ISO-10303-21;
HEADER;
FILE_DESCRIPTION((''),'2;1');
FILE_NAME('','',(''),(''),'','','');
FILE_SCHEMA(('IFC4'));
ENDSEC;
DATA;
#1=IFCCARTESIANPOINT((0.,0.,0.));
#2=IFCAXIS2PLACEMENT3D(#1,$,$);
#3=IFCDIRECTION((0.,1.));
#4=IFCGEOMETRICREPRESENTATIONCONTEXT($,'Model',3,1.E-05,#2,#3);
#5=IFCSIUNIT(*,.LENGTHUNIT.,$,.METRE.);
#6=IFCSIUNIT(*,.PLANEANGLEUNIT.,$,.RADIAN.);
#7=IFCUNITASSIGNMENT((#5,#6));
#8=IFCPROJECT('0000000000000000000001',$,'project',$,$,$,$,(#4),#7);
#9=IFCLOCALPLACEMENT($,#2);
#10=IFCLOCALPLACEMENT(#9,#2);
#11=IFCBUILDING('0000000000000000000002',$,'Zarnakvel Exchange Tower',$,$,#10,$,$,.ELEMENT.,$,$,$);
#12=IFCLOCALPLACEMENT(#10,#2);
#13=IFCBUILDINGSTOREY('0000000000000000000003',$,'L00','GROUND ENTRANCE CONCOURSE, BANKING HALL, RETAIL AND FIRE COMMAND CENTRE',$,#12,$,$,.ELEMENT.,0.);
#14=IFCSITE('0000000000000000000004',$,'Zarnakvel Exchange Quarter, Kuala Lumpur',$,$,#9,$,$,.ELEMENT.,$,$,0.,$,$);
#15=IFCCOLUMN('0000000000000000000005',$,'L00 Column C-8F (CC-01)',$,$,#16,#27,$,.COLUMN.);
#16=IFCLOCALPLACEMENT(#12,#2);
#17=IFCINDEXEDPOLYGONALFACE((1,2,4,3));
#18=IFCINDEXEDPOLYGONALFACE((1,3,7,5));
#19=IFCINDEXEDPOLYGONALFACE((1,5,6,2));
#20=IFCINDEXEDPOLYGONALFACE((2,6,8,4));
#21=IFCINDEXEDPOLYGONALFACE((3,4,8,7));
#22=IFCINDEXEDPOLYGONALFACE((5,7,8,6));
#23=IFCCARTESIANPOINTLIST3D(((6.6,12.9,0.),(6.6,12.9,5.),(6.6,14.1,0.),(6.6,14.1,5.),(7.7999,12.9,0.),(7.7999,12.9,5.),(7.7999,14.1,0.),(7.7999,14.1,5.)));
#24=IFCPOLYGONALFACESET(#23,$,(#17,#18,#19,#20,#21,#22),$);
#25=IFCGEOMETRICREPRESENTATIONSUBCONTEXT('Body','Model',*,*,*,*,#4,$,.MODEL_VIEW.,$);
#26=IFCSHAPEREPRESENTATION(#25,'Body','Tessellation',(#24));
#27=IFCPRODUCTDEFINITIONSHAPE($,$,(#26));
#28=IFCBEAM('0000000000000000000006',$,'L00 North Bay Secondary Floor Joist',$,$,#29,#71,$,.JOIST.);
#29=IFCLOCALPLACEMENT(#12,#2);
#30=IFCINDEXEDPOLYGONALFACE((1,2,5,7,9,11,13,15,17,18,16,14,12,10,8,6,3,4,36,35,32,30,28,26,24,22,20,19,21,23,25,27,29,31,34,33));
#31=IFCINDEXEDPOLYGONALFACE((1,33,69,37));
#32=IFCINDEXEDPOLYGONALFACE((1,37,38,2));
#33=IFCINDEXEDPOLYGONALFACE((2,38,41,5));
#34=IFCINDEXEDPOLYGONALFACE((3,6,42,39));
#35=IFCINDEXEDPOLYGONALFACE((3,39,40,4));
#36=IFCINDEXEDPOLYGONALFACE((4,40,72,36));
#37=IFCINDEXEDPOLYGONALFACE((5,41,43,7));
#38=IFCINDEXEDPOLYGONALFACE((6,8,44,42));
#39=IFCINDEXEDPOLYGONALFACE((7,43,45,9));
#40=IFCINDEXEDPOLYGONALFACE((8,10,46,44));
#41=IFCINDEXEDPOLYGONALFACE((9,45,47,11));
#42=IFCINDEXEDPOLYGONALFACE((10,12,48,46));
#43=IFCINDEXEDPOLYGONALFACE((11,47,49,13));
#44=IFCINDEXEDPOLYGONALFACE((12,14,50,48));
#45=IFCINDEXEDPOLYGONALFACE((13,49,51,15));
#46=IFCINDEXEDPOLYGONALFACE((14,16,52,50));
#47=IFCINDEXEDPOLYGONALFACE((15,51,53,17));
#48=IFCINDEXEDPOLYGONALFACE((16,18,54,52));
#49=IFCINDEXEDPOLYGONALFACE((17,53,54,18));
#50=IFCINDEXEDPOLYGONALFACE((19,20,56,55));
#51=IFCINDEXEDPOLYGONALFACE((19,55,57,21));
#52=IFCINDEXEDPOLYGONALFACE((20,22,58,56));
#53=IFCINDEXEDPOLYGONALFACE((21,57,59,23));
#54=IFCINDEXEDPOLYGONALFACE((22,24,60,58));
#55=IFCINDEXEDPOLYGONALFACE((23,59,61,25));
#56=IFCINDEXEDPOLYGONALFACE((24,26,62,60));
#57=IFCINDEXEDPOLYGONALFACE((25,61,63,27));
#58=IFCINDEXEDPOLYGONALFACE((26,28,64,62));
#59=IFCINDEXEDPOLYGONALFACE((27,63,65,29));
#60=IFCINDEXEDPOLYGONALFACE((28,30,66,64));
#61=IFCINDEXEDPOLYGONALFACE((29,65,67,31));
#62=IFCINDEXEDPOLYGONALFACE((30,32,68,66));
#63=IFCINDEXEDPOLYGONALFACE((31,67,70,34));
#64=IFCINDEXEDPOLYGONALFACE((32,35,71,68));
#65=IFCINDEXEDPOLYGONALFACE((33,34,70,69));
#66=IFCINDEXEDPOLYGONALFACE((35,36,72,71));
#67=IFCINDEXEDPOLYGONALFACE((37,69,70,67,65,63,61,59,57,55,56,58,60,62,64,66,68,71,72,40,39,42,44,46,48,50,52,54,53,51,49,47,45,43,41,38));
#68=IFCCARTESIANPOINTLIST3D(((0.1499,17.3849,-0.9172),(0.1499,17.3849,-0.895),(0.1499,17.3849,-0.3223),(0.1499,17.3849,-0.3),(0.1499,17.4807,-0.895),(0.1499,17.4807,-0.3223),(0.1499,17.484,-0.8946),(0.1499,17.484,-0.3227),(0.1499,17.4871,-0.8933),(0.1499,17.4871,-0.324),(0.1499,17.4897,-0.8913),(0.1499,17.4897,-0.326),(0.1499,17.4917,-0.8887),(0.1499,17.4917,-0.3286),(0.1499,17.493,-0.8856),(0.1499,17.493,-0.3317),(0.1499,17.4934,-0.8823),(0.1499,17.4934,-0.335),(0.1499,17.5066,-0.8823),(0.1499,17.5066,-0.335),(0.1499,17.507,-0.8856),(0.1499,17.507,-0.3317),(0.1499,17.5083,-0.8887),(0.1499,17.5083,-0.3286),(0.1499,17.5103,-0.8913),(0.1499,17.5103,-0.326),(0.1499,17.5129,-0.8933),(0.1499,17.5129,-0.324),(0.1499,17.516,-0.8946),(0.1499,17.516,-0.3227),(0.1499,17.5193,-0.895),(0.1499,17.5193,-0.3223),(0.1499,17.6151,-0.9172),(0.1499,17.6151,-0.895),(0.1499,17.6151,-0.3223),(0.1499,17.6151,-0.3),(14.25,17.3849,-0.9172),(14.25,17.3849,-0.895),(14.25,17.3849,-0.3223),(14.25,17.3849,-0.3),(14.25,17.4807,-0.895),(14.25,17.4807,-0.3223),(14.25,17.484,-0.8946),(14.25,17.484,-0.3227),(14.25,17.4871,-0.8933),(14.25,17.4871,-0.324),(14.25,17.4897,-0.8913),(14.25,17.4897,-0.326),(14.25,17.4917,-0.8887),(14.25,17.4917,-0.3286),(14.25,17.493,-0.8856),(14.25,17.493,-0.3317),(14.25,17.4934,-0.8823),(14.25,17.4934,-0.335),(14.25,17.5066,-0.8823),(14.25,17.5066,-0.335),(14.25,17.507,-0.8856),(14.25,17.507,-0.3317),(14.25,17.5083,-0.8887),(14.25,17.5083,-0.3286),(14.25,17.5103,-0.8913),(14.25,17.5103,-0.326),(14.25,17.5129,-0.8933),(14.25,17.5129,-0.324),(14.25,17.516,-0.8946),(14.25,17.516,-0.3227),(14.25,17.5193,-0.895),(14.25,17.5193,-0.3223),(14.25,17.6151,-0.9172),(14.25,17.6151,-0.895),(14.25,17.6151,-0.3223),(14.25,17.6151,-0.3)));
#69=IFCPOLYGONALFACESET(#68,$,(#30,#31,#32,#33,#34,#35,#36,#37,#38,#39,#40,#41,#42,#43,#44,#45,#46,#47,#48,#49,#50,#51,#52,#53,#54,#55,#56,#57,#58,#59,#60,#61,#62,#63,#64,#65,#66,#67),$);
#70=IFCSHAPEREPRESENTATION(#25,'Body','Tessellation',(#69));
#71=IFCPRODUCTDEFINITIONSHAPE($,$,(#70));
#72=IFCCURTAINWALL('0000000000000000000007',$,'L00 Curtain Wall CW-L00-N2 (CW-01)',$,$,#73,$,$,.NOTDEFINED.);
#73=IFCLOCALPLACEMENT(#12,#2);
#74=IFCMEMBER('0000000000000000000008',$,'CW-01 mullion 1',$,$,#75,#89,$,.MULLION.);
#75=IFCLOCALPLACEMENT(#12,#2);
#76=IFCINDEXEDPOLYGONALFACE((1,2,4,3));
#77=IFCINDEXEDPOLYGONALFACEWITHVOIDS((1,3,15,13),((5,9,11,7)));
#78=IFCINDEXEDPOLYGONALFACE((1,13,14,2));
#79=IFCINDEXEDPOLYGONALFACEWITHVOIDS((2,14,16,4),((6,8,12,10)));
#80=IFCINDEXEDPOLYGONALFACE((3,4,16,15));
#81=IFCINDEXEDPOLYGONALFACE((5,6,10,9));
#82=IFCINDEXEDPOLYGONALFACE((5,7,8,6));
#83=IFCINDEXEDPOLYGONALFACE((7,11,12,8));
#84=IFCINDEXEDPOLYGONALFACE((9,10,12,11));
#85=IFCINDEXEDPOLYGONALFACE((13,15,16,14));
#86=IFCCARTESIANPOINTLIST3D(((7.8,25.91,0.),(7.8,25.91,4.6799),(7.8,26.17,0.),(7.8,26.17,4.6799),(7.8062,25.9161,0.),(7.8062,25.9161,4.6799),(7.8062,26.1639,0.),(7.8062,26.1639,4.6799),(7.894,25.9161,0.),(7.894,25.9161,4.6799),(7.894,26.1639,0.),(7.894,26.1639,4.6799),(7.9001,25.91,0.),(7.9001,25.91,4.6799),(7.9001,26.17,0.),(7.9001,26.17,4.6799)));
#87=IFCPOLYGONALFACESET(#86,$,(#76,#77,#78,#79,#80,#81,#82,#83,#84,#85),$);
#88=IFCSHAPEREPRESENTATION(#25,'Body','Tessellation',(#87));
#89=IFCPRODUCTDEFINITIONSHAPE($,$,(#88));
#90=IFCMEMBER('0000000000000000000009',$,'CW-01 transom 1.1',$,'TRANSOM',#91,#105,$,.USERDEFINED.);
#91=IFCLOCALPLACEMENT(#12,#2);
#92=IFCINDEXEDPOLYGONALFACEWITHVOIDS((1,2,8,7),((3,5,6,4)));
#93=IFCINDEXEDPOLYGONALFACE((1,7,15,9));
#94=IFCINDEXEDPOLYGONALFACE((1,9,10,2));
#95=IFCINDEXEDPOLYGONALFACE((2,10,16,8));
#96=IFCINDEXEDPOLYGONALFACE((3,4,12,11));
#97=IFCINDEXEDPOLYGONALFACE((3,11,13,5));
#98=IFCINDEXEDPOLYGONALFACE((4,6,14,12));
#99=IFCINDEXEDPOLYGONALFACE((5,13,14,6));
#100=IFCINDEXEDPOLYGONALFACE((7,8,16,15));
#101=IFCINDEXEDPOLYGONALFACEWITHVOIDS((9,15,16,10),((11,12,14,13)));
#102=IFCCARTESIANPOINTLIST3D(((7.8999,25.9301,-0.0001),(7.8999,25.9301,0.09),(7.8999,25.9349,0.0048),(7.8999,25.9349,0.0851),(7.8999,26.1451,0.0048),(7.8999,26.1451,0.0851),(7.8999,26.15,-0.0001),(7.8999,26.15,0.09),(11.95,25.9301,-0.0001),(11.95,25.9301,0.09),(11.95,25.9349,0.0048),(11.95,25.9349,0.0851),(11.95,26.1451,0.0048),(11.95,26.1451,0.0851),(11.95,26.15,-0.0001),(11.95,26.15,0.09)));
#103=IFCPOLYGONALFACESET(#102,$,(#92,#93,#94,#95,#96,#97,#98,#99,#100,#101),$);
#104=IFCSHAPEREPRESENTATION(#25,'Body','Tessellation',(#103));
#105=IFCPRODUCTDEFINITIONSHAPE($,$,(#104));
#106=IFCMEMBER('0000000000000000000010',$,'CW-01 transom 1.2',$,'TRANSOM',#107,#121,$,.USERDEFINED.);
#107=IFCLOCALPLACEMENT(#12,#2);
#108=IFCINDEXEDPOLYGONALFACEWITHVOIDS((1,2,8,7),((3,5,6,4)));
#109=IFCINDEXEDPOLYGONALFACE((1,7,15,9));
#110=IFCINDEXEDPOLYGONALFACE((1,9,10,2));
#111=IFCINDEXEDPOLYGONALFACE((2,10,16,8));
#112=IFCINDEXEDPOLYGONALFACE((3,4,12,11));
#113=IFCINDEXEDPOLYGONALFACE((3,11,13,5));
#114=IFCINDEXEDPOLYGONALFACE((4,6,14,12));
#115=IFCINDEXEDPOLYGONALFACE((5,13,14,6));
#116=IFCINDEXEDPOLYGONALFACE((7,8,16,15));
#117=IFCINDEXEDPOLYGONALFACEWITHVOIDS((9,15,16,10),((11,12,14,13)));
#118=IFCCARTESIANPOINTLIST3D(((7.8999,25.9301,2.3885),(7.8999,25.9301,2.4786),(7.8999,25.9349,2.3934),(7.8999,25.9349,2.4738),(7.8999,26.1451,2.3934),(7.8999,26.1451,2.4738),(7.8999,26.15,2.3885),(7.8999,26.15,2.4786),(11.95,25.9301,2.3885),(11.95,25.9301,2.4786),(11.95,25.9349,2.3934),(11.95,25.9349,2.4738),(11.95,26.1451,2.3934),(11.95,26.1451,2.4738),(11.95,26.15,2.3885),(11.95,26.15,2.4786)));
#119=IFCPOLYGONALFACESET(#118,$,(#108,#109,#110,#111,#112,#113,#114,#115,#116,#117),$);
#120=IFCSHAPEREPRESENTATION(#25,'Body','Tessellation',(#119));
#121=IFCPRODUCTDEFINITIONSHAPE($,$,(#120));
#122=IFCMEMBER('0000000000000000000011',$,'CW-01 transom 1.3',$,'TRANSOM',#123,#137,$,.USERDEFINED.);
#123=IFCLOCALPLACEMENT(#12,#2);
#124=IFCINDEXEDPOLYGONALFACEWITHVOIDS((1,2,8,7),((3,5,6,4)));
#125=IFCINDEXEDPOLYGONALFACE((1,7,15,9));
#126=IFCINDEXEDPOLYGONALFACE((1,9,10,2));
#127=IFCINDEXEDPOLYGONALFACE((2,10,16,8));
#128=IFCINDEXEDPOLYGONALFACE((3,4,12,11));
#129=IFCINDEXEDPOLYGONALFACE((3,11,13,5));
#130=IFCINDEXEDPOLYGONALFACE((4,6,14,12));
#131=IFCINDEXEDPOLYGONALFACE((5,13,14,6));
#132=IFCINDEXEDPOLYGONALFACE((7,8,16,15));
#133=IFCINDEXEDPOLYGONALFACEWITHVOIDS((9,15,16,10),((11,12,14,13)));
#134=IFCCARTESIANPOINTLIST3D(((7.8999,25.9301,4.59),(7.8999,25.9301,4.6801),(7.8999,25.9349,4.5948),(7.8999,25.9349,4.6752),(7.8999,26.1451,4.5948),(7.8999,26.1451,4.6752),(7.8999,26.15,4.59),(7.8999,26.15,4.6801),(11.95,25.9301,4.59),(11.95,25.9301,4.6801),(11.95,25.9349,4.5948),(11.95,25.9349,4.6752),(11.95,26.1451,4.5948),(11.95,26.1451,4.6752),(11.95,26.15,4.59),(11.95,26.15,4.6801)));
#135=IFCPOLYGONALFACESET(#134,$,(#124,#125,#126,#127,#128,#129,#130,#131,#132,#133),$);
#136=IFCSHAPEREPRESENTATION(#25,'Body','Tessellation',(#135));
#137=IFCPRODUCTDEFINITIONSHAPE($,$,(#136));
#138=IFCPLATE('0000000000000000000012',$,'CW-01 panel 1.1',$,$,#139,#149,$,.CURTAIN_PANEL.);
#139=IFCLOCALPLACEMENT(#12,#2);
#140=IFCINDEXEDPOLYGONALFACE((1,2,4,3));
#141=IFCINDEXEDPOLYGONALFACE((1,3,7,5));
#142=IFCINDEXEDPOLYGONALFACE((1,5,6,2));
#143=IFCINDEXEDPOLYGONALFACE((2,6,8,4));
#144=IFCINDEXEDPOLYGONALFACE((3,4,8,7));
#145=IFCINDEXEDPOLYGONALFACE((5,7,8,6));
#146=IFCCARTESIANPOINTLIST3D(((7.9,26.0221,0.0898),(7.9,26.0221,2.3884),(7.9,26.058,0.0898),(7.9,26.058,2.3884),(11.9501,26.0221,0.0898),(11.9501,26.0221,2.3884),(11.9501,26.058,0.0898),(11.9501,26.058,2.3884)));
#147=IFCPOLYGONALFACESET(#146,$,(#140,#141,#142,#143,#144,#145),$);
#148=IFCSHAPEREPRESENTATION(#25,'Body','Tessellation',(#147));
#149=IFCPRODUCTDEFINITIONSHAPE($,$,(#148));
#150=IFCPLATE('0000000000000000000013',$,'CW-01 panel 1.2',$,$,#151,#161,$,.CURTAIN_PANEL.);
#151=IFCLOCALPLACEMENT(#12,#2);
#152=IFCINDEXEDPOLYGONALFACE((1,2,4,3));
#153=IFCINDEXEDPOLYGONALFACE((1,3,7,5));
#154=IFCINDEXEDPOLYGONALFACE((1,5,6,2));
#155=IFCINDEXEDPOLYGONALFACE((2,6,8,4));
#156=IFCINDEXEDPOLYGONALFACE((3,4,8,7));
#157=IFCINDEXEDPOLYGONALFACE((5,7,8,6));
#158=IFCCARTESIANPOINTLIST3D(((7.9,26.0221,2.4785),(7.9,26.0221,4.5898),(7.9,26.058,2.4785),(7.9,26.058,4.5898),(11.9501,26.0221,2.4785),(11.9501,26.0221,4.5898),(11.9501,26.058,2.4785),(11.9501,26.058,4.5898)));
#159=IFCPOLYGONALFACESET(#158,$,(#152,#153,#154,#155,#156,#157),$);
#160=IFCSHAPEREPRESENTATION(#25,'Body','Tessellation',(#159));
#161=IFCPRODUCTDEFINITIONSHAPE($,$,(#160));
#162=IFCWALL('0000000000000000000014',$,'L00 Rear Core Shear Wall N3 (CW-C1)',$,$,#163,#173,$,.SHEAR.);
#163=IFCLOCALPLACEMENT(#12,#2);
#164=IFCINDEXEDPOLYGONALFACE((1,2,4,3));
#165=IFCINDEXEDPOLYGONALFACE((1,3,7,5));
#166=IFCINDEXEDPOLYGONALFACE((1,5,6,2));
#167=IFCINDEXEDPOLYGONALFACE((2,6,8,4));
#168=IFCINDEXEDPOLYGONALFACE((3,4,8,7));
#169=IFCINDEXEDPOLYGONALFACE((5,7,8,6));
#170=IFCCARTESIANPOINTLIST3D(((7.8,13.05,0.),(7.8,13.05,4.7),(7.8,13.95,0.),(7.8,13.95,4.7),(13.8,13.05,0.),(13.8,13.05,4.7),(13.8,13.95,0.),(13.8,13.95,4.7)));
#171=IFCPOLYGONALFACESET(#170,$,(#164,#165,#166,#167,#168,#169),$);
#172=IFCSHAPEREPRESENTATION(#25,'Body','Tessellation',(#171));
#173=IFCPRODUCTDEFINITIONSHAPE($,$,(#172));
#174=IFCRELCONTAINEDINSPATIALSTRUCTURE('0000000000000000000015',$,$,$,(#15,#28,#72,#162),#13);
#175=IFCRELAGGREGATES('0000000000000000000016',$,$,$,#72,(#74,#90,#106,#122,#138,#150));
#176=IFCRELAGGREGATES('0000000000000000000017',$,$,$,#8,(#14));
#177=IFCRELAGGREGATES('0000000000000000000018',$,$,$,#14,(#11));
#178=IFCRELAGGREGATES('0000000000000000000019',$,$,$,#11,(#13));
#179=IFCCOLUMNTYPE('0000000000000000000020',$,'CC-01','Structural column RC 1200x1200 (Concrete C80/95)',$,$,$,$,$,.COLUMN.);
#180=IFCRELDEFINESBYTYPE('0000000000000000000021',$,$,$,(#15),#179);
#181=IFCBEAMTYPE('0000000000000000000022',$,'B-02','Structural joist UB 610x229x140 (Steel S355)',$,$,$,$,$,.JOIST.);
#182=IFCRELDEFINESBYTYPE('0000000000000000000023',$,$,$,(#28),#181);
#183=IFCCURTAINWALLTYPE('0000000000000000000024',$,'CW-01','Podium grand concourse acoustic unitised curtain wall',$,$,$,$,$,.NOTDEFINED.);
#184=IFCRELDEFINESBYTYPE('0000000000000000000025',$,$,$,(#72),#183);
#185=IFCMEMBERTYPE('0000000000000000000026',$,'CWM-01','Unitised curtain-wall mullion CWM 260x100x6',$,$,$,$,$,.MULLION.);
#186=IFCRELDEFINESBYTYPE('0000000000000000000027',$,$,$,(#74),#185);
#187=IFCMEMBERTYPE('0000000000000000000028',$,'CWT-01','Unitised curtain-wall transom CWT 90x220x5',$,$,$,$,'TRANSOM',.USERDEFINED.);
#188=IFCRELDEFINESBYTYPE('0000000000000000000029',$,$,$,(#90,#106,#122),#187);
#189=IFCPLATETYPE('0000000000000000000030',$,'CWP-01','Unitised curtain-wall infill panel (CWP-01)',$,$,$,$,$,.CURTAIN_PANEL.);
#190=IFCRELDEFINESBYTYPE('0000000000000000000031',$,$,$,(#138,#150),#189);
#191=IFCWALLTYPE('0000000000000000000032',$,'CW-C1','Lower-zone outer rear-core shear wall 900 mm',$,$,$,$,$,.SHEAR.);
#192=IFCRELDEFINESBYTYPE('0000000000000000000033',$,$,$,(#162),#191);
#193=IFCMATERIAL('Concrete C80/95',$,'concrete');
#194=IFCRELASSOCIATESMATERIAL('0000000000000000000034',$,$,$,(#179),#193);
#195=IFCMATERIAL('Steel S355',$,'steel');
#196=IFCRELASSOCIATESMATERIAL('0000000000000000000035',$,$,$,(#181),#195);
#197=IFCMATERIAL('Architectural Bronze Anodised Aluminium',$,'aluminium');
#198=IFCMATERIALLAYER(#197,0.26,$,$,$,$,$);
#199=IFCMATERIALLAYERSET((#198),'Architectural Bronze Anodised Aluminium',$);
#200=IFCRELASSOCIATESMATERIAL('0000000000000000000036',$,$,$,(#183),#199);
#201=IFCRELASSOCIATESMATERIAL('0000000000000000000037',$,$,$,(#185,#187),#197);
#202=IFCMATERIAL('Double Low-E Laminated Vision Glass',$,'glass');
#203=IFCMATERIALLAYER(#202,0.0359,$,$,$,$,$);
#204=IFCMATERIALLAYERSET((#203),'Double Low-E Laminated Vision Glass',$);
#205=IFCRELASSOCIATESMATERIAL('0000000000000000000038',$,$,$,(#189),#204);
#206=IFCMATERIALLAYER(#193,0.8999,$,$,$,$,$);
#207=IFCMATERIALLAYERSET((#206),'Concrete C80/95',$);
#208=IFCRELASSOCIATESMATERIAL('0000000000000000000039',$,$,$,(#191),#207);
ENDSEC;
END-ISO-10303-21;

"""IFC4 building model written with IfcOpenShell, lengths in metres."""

from ifc_helpers import new_model, si_unit, direction, frame, frame_2d, origin, origin_2d, place, context, subcontext, project, spatial, rectangle, hollow_rectangle, i_section, extrude, source, transform, mapped, material, layer, layer_set, material_profile, profile_set, type_object, element, aggregate, save


model = new_model("IFC4")

# Units and contexts
model_context = context("Model", 3, precision=1e-05, world=origin(), true_north=direction((0.0, 1.0)))
body_context = subcontext(model_context, "Body", "Model", "MODEL_VIEW")
ifc_project = project(units=[si_unit("LENGTHUNIT", "METRE"), si_unit("PLANEANGLEUNIT", "RADIAN")], contexts=[model_context])

# Site, building, storey
site_placement = place(None, origin())
site = spatial("IfcSite", under=ifc_project, at=site_placement, Name="Zarnakvel Exchange Quarter, Kuala Lumpur", CompositionType="ELEMENT", RefElevation=0.0)
building_placement = place(site_placement, origin())
building = spatial("IfcBuilding", under=site, at=building_placement, Name="Zarnakvel Exchange Tower", CompositionType="ELEMENT")
storey_placement = place(building_placement, origin())
storey = spatial("IfcBuildingStorey", under=building, at=storey_placement, Name="L00", Description="GROUND ENTRANCE CONCOURSE, BANKING HALL, RETAIL AND FIRE COMMAND CENTRE", CompositionType="ELEMENT", Elevation=0.0)

# Column
ifc_material_1 = material(Name="Concrete C80/95", Category="concrete")
ifc_material_profile_1 = material_profile(ifc_material_1, rectangle(XDim=1.2, YDim=1.2, at=origin_2d()))
ifc_profile_set_1 = profile_set([ifc_material_profile_1], Name="Concrete C80/95")
column_type = type_object("IfcColumnType", Name="CC-01", Description="Structural column RC 1200x1200 (Concrete C80/95)", PredefinedType="COLUMN", material=ifc_profile_set_1)
column_placement = place(storey_placement, frame((7.2, 13.5, 0.0), z_axis=(0.0, 0.0, 1.0), x_axis=(1.0, 0.0, 0.0)))
element("IfcColumn", 1, at=column_placement, inside=storey, type_object=column_type, Name="L00 Column C-8F (CC-01)", PredefinedType="COLUMN", context=body_context, shape_type="SweptSolid", body=[
    extrude(rectangle(XDim=1.2, YDim=1.2, at=origin_2d()), origin(), (0.0, 0.0, 1.0), 5.0),
])

# Beam
ifc_material_2 = material(Name="Steel S355", Category="steel")
ifc_material_profile_2 = material_profile(ifc_material_2, i_section(OverallWidth=0.2302, OverallDepth=0.6172, WebThickness=0.0132, FlangeThickness=0.0222, FilletRadius=0.0127, at=origin_2d()))
ifc_profile_set_2 = profile_set([ifc_material_profile_2], Name="Steel S355")
beam_type = type_object("IfcBeamType", Name="B-02", Description="Structural joist UB 610x229x140 (Steel S355)", PredefinedType="JOIST", material=ifc_profile_set_2)
beam_placement = place(storey_placement, frame((0.1499, 17.5, -0.6086), z_axis=(1.0, 0.0, 0.0), x_axis=(0.0, 1.0, 0.0)))
element("IfcBeam", 2, at=beam_placement, inside=storey, type_object=beam_type, Name="L00 North Bay Secondary Floor Joist", PredefinedType="JOIST", context=body_context, shape_type="SweptSolid", body=[
    extrude(i_section(OverallWidth=0.2302, OverallDepth=0.6172, WebThickness=0.0132, FlangeThickness=0.0222, FilletRadius=0.0127, at=origin_2d()), origin(), (0.0, 0.0, 1.0), 14.1001),
])

# Curtain wall, members, plates
ifc_material_3 = material(Name="Architectural Bronze Anodised Aluminium", Category="aluminium")
ifc_layer_1 = layer(ifc_material_3, 0.26)
ifc_layer_set_1 = layer_set([ifc_layer_1], Name="Architectural Bronze Anodised Aluminium")
curtain_wall_type = type_object("IfcCurtainWallType", Name="CW-01", Description="Podium grand concourse acoustic unitised curtain wall", PredefinedType="NOTDEFINED", material=ifc_layer_set_1)
curtain_wall_placement = place(storey_placement, origin())
curtain_wall = element("IfcCurtainWall", 3, at=curtain_wall_placement, inside=storey, type_object=curtain_wall_type, Name="L00 Curtain Wall CW-L00-N2 (CW-01)", PredefinedType="NOTDEFINED")
ifc_material_profile_3 = material_profile(ifc_material_3, hollow_rectangle(XDim=0.26, YDim=0.1001, WallThickness=0.0061, at=origin_2d()))
ifc_profile_set_3 = profile_set([ifc_material_profile_3], Name="Architectural Bronze Anodised Aluminium")
member_type_1 = type_object("IfcMemberType", Name="CWM-01", Description="Unitised curtain-wall mullion CWM 260x100x6", PredefinedType="MULLION", material=ifc_profile_set_3)
shared_shape_1 = source(origin(), body_context, "Body", "SweptSolid", [
    extrude(hollow_rectangle(XDim=0.26, YDim=0.1001, WallThickness=0.0061, at=origin_2d()), origin(), (0.0, 0.0, 1.0), 4.6799),
])
member_1_placement = place(storey_placement, frame((7.8501, 26.04, 0.0), z_axis=(0.0, 0.0, 1.0), x_axis=(0.0, 1.0, 0.0)))
member_1 = element("IfcMember", 4, at=member_1_placement, type_object=member_type_1, Name="CW-01 mullion 1", PredefinedType="MULLION", context=body_context, shape_type="MappedRepresentation", body=[
    mapped(shared_shape_1, transform((0.0, 0.0, 0.0), x_axis=(1.0, 0.0, 0.0), y_axis=(0.0, 1.0, 0.0), z_axis=(0.0, 0.0, 1.0), scale=1.0)),
])
ifc_material_profile_4 = material_profile(ifc_material_3, hollow_rectangle(XDim=0.22, YDim=0.0901, WallThickness=0.0049, at=origin_2d()))
ifc_profile_set_4 = profile_set([ifc_material_profile_4], Name="Architectural Bronze Anodised Aluminium")
member_type_2 = type_object("IfcMemberType", Name="CWT-01", Description="Unitised curtain-wall transom CWT 90x220x5", ElementType="TRANSOM", PredefinedType="USERDEFINED", material=ifc_profile_set_4)
shared_shape_2 = source(origin(), body_context, "Body", "SweptSolid", [
    extrude(hollow_rectangle(XDim=0.22, YDim=0.0901, WallThickness=0.0049, at=origin_2d()), origin(), (0.0, 0.0, 1.0), 4.05),
])
member_2_placement = place(storey_placement, frame((7.8999, 26.04, 0.0449), z_axis=(1.0, 0.0, 0.0), x_axis=(0.0, 1.0, 0.0)))
member_2 = element("IfcMember", 5, at=member_2_placement, type_object=member_type_2, Name="CW-01 transom 1.1", ObjectType="TRANSOM", PredefinedType="USERDEFINED", context=body_context, shape_type="MappedRepresentation", body=[
    mapped(shared_shape_2, transform((0.0, 0.0, 0.0), x_axis=(1.0, 0.0, 0.0), y_axis=(0.0, 1.0, 0.0), z_axis=(0.0, 0.0, 1.0), scale=1.0)),
])
member_3_placement = place(storey_placement, frame((7.8999, 26.04, 2.4336), z_axis=(1.0, 0.0, 0.0), x_axis=(0.0, 1.0, 0.0)))
member_3 = element("IfcMember", 6, at=member_3_placement, type_object=member_type_2, Name="CW-01 transom 1.2", ObjectType="TRANSOM", PredefinedType="USERDEFINED", context=body_context, shape_type="MappedRepresentation", body=[
    mapped(shared_shape_2, transform((0.0, 0.0, 0.0), x_axis=(1.0, 0.0, 0.0), y_axis=(0.0, 1.0, 0.0), z_axis=(0.0, 0.0, 1.0), scale=1.0)),
])
member_4_placement = place(storey_placement, frame((7.8999, 26.04, 4.635), z_axis=(1.0, 0.0, 0.0), x_axis=(0.0, 1.0, 0.0)))
member_4 = element("IfcMember", 7, at=member_4_placement, type_object=member_type_2, Name="CW-01 transom 1.3", ObjectType="TRANSOM", PredefinedType="USERDEFINED", context=body_context, shape_type="MappedRepresentation", body=[
    mapped(shared_shape_2, transform((0.0, 0.0, 0.0), x_axis=(1.0, 0.0, 0.0), y_axis=(0.0, 1.0, 0.0), z_axis=(0.0, 0.0, 1.0), scale=1.0)),
])
ifc_material_4 = material(Name="Double Low-E Laminated Vision Glass", Category="glass")
ifc_layer_2 = layer(ifc_material_4, 0.0359)
ifc_layer_set_2 = layer_set([ifc_layer_2], Name="Double Low-E Laminated Vision Glass")
plate_type = type_object("IfcPlateType", Name="CWP-01", Description="Unitised curtain-wall infill panel (CWP-01)", PredefinedType="CURTAIN_PANEL", material=ifc_layer_set_2)
shared_shape_3 = source(origin(), body_context, "Body", "SweptSolid", [
    extrude(rectangle(XDim=4.05, YDim=0.0359, at=origin_2d()), origin(), (0.0, 0.0, 1.0), 2.2986),
])
plate_1_placement = place(storey_placement, frame((9.925, 26.04, 0.0898), z_axis=(0.0, 0.0, 1.0), x_axis=(1.0, 0.0, 0.0)))
plate_1 = element("IfcPlate", 8, at=plate_1_placement, type_object=plate_type, Name="CW-01 panel 1.1", PredefinedType="CURTAIN_PANEL", context=body_context, shape_type="MappedRepresentation", body=[
    mapped(shared_shape_3, transform((0.0, 0.0, 0.0), x_axis=(1.0, 0.0, 0.0), y_axis=(0.0, 1.0, 0.0), z_axis=(0.0, 0.0, 1.0), scale=1.0)),
])
shared_shape_4 = source(origin(), body_context, "Body", "SweptSolid", [
    extrude(rectangle(XDim=4.05, YDim=0.0359, at=origin_2d()), origin(), (0.0, 0.0, 1.0), 2.1113),
])
plate_2_placement = place(storey_placement, frame((9.925, 26.04, 2.4785), z_axis=(0.0, 0.0, 1.0), x_axis=(1.0, 0.0, 0.0)))
plate_2 = element("IfcPlate", 9, at=plate_2_placement, type_object=plate_type, Name="CW-01 panel 1.2", PredefinedType="CURTAIN_PANEL", context=body_context, shape_type="MappedRepresentation", body=[
    mapped(shared_shape_4, transform((0.0, 0.0, 0.0), x_axis=(1.0, 0.0, 0.0), y_axis=(0.0, 1.0, 0.0), z_axis=(0.0, 0.0, 1.0), scale=1.0)),
])
aggregate(curtain_wall, [member_1, member_2, member_3, member_4, plate_1, plate_2])

# Wall
ifc_layer_3 = layer(ifc_material_1, 0.8999)
ifc_layer_set_3 = layer_set([ifc_layer_3], Name="Concrete C80/95")
wall_type_1 = type_object("IfcWallType", Name="CW-C1", Description="Lower-zone outer rear-core shear wall 900 mm", PredefinedType="SHEAR", material=ifc_layer_set_3)
wall_1_placement = place(storey_placement, frame((7.8, 13.5, 0.0), z_axis=(0.0, 0.0, 1.0), x_axis=(1.0, 0.0, 0.0)))
element("IfcWall", 10, at=wall_1_placement, inside=storey, type_object=wall_type_1, Name="L00 Rear Core Shear Wall N3 (CW-C1)", PredefinedType="SHEAR", context=body_context, shape_type="SweptSolid", body=[
    extrude(rectangle(XDim=6.0, YDim=0.8999, at=frame_2d((3.0, 0.0))), origin(), (0.0, 0.0, 1.0), 4.7),
])

save(model, "model.ifc")
